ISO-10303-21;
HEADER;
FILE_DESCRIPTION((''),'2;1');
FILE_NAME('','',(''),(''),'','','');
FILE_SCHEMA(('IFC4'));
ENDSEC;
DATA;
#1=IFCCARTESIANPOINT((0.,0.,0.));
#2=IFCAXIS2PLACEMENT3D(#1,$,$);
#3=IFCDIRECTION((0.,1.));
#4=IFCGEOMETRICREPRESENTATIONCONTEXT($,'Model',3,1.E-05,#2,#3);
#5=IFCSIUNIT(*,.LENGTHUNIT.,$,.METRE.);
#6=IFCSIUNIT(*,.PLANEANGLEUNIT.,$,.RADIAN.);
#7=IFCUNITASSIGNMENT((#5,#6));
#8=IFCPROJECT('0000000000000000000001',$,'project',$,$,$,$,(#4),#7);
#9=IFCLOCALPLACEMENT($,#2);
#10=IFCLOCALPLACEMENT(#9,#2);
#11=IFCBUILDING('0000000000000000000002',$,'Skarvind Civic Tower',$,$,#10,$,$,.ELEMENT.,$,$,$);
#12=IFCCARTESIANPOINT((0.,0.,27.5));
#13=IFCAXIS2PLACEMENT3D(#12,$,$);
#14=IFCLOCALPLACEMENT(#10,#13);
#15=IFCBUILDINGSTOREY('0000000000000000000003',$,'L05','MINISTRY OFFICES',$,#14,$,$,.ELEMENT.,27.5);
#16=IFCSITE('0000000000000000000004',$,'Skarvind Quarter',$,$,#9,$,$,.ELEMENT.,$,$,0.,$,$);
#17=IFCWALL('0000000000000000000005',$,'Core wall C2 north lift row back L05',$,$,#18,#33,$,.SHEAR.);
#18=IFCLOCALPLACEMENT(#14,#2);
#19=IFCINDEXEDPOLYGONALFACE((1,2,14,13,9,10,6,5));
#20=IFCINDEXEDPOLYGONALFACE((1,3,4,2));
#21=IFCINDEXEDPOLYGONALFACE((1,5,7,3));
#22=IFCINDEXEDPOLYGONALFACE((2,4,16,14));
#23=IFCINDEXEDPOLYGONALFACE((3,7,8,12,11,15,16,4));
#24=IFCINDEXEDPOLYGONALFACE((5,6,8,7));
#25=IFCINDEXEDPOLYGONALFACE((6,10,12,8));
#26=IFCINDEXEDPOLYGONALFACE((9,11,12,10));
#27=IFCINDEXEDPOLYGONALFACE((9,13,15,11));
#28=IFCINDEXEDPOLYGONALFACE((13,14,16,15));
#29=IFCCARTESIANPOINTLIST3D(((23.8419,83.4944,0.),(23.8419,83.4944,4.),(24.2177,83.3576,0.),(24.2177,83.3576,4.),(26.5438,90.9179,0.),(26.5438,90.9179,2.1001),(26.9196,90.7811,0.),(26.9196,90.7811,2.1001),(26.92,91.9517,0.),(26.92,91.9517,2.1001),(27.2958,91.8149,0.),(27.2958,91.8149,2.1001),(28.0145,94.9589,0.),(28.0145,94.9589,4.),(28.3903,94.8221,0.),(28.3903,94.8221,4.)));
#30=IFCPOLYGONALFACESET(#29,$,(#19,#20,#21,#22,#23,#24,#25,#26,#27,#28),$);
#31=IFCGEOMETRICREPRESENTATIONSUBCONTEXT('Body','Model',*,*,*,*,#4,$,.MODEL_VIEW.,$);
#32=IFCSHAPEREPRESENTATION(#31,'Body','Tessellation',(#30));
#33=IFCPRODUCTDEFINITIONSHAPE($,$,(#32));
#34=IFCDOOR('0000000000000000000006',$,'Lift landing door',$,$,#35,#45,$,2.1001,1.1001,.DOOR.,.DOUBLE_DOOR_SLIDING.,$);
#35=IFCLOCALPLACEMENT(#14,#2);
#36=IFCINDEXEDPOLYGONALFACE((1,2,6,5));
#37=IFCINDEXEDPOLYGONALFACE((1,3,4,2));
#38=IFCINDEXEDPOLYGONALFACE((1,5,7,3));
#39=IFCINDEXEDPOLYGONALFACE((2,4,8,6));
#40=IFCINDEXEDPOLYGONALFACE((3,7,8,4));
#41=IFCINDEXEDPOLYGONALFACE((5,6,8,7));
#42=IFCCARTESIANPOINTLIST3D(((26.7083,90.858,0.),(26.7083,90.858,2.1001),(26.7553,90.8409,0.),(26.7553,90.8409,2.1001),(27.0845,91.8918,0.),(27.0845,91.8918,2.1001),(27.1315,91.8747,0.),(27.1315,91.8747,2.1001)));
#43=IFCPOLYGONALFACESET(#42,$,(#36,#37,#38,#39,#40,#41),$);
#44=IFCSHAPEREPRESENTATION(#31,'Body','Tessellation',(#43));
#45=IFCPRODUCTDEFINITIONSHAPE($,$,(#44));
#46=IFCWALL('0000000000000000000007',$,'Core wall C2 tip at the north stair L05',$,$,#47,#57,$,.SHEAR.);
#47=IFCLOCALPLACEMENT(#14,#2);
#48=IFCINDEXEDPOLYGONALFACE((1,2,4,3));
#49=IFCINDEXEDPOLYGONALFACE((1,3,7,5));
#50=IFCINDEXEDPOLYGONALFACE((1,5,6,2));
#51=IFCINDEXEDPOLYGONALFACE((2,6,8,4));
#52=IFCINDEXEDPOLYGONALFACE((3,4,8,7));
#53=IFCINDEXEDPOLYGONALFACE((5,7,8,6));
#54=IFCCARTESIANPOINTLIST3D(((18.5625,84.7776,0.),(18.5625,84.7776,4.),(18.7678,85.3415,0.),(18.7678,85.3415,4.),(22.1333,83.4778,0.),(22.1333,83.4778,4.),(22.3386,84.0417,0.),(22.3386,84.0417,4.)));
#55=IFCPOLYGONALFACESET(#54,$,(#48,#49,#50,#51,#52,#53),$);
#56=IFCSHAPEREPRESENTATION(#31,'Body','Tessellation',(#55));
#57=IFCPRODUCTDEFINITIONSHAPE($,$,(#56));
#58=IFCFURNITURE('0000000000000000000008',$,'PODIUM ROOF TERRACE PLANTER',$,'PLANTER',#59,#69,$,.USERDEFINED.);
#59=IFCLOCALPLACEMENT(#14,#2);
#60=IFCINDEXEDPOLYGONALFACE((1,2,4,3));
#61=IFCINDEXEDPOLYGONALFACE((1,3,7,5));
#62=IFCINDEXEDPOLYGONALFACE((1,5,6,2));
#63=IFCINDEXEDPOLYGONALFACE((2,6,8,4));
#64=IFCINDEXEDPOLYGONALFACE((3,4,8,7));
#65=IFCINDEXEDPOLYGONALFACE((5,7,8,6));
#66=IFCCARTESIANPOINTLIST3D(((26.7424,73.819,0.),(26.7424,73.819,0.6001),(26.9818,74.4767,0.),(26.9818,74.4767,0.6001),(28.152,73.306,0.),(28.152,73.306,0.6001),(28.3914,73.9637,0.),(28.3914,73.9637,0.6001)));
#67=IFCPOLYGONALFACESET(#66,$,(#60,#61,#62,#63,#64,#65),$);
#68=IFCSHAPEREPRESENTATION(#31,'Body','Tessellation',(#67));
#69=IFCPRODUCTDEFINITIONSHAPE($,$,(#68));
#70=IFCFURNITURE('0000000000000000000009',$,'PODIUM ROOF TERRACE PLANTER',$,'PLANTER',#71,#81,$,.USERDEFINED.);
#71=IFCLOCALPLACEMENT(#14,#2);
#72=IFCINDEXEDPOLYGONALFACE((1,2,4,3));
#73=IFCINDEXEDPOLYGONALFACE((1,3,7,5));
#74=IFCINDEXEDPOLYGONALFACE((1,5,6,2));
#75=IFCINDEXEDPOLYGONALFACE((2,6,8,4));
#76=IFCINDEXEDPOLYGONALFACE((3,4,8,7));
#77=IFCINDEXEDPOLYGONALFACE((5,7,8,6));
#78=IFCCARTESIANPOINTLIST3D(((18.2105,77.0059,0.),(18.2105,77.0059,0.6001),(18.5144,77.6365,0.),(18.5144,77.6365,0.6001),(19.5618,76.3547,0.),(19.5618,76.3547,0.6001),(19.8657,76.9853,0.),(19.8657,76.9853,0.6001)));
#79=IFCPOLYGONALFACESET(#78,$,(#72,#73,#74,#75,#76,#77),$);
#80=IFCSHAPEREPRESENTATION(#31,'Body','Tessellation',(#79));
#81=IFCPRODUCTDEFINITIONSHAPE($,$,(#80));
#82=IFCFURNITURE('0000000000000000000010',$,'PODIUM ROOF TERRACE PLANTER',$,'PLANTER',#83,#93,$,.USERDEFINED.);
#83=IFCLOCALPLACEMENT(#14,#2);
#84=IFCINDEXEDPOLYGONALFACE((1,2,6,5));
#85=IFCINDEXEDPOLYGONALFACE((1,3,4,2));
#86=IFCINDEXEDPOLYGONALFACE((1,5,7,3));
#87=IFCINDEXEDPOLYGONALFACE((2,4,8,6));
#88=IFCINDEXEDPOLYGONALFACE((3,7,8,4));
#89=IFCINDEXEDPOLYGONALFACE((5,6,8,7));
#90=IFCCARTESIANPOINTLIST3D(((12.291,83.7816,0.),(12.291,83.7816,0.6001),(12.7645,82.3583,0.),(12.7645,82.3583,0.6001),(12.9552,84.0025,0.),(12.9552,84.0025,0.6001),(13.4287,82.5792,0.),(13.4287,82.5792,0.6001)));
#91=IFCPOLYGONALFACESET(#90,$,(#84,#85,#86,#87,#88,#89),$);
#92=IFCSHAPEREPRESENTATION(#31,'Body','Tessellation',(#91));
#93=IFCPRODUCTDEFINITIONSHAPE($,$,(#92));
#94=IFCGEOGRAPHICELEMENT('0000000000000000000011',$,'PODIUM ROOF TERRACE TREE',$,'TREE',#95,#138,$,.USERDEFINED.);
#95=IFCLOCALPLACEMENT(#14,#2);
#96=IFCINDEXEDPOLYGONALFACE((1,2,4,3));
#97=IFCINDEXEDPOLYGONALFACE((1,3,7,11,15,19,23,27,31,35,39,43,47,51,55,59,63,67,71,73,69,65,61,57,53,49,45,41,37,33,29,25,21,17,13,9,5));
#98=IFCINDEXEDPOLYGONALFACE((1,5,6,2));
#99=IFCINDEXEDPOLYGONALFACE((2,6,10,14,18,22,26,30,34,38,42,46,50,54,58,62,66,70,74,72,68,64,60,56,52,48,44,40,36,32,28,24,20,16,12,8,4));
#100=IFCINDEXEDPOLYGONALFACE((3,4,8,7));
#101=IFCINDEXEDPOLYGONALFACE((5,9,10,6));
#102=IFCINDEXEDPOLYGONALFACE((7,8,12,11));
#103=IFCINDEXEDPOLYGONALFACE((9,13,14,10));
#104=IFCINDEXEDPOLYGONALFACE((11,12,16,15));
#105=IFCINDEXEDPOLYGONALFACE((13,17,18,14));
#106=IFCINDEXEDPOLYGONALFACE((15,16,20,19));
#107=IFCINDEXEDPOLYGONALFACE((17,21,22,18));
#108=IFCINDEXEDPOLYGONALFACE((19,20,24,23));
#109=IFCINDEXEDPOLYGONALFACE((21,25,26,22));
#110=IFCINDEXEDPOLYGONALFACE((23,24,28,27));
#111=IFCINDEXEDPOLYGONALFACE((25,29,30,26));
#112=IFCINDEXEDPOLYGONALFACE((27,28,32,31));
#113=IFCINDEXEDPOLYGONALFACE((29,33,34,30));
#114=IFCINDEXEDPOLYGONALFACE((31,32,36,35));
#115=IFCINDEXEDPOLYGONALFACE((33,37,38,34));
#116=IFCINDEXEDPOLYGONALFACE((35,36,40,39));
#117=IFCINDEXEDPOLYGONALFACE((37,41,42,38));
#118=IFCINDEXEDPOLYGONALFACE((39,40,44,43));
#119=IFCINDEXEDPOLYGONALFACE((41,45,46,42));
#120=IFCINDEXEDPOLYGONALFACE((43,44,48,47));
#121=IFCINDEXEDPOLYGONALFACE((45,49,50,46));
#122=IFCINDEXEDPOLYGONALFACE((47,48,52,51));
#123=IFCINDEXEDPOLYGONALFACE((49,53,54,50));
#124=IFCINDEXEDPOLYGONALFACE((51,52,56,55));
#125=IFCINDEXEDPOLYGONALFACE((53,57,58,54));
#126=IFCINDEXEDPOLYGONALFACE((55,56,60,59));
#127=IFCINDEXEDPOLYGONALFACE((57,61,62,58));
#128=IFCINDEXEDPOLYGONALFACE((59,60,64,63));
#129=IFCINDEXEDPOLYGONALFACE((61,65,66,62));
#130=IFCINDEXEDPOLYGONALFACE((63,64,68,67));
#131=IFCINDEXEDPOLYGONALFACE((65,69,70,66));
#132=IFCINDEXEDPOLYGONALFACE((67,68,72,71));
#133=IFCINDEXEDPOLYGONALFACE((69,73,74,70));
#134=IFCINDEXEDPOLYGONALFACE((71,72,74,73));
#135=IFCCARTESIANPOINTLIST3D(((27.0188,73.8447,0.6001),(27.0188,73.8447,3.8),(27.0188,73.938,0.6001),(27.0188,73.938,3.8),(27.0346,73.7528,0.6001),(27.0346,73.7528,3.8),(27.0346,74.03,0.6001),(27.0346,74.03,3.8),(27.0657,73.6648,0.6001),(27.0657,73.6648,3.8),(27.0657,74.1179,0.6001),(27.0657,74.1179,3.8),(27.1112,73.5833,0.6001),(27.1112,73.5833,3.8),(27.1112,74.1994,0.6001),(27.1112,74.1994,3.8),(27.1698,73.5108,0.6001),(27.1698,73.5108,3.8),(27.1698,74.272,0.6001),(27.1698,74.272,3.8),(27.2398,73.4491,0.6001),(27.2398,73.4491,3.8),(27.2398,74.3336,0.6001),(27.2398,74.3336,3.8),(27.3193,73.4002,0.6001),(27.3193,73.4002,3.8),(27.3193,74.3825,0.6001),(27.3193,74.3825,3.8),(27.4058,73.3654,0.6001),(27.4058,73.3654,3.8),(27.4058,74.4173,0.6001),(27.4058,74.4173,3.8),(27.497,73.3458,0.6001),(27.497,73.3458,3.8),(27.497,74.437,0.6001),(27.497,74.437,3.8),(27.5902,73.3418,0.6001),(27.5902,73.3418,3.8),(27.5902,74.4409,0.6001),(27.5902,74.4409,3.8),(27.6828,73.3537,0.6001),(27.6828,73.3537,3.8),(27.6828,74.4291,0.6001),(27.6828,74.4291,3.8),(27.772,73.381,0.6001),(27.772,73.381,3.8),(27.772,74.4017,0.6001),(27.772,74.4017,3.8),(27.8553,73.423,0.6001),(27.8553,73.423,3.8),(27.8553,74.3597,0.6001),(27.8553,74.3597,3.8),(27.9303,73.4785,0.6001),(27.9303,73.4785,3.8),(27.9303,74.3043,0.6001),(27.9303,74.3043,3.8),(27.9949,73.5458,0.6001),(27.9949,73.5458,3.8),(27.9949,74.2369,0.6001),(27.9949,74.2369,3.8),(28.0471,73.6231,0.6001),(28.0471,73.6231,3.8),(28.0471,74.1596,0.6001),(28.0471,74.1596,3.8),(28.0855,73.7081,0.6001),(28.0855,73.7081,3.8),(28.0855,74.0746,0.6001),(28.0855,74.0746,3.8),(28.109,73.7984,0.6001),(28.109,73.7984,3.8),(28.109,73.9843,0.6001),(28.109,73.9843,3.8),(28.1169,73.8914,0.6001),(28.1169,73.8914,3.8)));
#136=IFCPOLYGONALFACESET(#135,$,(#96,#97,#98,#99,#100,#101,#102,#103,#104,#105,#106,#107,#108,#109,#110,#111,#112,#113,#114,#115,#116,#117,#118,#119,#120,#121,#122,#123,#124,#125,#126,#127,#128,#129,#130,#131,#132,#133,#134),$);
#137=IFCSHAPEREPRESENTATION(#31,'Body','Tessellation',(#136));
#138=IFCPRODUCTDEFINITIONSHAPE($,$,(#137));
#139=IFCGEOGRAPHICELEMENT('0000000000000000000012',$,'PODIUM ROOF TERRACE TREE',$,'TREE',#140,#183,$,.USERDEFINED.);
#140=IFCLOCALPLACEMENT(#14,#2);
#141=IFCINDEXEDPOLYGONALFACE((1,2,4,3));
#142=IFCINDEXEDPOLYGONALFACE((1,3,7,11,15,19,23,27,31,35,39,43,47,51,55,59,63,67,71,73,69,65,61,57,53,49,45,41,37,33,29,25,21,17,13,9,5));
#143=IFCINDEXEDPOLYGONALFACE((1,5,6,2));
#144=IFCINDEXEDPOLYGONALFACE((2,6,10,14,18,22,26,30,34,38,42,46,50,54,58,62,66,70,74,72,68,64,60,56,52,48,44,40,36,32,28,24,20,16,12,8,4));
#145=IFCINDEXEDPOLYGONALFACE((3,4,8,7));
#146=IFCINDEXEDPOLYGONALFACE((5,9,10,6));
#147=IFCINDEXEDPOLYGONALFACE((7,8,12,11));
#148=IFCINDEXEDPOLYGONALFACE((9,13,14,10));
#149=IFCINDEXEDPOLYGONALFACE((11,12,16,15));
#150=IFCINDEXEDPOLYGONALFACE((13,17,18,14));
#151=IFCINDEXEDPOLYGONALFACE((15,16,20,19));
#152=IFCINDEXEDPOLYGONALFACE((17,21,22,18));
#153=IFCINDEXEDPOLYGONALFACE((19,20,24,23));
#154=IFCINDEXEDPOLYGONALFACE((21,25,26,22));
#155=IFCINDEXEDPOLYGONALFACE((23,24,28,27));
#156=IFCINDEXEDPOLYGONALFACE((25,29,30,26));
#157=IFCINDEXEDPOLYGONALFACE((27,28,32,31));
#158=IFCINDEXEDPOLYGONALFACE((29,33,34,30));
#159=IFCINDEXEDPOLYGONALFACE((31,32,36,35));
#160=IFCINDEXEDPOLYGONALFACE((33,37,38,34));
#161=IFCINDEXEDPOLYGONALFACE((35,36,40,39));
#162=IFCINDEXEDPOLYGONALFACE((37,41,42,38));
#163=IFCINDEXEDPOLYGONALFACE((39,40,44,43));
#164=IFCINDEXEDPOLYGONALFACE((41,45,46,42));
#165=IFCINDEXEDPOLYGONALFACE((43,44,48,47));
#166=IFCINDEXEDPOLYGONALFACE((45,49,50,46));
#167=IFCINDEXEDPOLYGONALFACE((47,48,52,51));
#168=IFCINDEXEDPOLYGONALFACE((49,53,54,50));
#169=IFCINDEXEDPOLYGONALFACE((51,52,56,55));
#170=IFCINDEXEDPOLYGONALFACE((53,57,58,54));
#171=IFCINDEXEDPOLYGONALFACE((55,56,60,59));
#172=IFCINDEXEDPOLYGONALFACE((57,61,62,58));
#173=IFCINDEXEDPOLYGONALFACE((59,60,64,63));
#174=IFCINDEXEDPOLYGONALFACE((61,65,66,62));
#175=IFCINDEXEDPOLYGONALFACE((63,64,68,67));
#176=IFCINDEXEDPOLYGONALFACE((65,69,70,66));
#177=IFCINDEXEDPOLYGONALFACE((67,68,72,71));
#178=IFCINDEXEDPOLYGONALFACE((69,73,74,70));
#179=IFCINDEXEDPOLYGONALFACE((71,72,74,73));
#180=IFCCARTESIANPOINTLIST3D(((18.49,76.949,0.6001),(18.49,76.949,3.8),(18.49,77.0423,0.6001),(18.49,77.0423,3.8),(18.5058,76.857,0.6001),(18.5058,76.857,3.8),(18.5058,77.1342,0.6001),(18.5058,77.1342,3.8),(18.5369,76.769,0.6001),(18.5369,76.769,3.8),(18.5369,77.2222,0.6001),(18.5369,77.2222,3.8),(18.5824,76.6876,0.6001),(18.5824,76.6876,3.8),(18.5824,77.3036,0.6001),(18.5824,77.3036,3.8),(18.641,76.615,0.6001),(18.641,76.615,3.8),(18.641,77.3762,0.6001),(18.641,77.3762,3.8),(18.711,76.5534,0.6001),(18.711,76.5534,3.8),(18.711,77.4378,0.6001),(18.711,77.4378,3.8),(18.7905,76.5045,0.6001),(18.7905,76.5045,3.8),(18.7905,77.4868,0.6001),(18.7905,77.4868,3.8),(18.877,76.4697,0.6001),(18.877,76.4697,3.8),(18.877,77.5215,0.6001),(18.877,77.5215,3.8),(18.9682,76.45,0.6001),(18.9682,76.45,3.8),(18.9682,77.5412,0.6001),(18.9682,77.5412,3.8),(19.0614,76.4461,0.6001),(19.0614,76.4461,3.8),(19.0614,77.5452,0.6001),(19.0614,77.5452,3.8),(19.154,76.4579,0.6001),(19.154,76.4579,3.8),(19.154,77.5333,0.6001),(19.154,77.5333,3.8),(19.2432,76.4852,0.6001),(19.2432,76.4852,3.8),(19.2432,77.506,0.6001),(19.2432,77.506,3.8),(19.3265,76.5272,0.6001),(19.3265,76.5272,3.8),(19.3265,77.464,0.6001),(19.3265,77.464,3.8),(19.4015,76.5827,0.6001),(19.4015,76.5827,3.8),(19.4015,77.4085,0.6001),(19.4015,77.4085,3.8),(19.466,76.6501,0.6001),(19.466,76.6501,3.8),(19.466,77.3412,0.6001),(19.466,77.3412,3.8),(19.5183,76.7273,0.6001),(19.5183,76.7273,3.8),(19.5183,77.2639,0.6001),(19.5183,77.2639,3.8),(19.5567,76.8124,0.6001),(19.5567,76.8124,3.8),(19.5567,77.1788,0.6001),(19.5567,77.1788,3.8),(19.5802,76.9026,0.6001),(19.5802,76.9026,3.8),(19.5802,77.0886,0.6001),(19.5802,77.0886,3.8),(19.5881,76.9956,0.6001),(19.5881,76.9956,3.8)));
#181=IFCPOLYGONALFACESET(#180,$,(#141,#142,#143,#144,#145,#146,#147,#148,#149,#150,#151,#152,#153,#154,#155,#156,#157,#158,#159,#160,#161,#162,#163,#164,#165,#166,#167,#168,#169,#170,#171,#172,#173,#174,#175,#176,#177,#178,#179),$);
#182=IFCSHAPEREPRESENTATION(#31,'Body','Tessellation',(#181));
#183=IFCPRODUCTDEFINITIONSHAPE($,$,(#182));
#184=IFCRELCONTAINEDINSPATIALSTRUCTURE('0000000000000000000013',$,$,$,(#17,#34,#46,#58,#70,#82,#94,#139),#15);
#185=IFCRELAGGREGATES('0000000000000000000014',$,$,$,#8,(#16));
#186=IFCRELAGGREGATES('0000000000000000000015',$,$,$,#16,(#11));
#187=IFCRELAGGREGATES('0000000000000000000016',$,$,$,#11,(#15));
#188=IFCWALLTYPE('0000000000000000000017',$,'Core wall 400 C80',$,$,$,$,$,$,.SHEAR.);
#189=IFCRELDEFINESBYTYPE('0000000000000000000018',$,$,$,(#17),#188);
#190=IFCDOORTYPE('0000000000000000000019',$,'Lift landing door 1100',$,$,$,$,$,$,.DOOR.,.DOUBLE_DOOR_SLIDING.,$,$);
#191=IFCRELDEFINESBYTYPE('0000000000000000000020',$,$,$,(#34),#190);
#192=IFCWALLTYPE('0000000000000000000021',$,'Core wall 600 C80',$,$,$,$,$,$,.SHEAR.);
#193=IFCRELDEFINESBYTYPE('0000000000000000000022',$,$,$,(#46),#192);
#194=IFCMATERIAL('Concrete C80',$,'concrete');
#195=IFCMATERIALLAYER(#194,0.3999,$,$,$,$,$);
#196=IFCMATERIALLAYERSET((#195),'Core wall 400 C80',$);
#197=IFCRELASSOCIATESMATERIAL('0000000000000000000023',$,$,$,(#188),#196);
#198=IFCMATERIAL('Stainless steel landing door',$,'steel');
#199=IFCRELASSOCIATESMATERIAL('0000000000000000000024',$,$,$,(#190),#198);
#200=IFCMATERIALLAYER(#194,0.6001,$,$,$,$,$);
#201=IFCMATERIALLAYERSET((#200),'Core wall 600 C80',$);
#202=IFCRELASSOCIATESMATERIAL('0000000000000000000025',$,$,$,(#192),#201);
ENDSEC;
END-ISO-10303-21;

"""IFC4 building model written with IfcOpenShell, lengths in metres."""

from ifc_helpers import new_model, si_unit, direction, frame, frame_2d, origin, origin_2d, place, context, subcontext, project, spatial, rectangle, circle, extrude, material, layer, layer_set, type_object, element, fill, save


model = new_model("IFC4")

# Units and contexts
model_context = context("Model", 3, precision=1e-05, world=origin(), true_north=direction((0.0, 1.0)))
body_context = subcontext(model_context, "Body", "Model", "MODEL_VIEW")
ifc_project = project(units=[si_unit("LENGTHUNIT", "METRE"), si_unit("PLANEANGLEUNIT", "RADIAN")], contexts=[model_context])

# Site, building, storey
site_placement = place(None, origin())
site = spatial("IfcSite", under=ifc_project, at=site_placement, Name="Skarvind Quarter", CompositionType="ELEMENT", RefElevation=0.0)
building_placement = place(site_placement, origin())
building = spatial("IfcBuilding", under=site, at=building_placement, Name="Skarvind Civic Tower", CompositionType="ELEMENT")
storey_placement = place(building_placement, frame((0.0, 0.0, 27.5)))
storey = spatial("IfcBuildingStorey", under=building, at=storey_placement, Name="L05", Description="MINISTRY OFFICES", CompositionType="ELEMENT", Elevation=27.5)

# Shared definitions
ifc_material_1 = material(Name="Concrete C80", Category="concrete")
ifc_layer_1 = layer(ifc_material_1, 0.3999)
ifc_layer_set_1 = layer_set([ifc_layer_1], Name="Core wall 400 C80")
wall_type_1 = type_object("IfcWallType", Name="Core wall 400 C80", PredefinedType="SHEAR", material=ifc_layer_set_1)

# Shared definitions
ifc_material_2 = material(Name="Stainless steel landing door", Category="steel")
door_type_1 = type_object("IfcDoorType", Name="Lift landing door 1100", OperationType="DOUBLE_DOOR_SLIDING", PredefinedType="DOOR", material=ifc_material_2)

# Wall, opening, door
wall_1_placement = place(storey_placement, frame((24.0298, 83.426, 0.0), z_axis=(0.0, 0.0, 1.0), x_axis=(0.342015, 0.939695, 0.0)))
wall_1 = element("IfcWall", 1, at=wall_1_placement, inside=storey, type_object=wall_type_1, Name="Core wall C2 north lift row back L05", PredefinedType="SHEAR", context=body_context, shape_type="SweptSolid", body=[
    extrude(rectangle(XDim=12.2002, YDim=0.3999, at=frame_2d((6.1001, 0.0))), origin(), (0.0, 0.0, 1.0), 4.0),
])
opening_1_placement = place(wall_1_placement, frame((7.8999, 0.0, 0.0)))
opening_1 = element("IfcOpeningElement", 2, at=opening_1_placement, cuts=wall_1, PredefinedType="OPENING", context=body_context, shape_type="SweptSolid", body=[
    extrude(rectangle(XDim=1.1001, YDim=2.1001, at=frame_2d((0.55, 1.05))), frame((0.0, 0.21, 0.0), z_axis=(0.0, -1.0, 0.0), x_axis=(1.0, 0.0, 0.0)), (0.0, 0.0, 1.0), 0.4199),
])
door_1_placement = place(opening_1_placement, origin())
door_1 = element("IfcDoor", 3, at=door_1_placement, inside=storey, type_object=door_type_1, Name="Lift landing door", OperationType="DOUBLE_DOOR_SLIDING", OverallHeight=2.1001, OverallWidth=1.1001, PredefinedType="DOOR", context=body_context, shape_type="SweptSolid", body=[
    extrude(rectangle(XDim=1.1001, YDim=2.1001, at=frame_2d((0.55, 1.05))), frame((0.0, 0.0249, 0.0), z_axis=(0.0, -1.0, 0.0), x_axis=(1.0, 0.0, 0.0)), (0.0, 0.0, 1.0), 0.05),
])
fill(opening_1, door_1)

# Wall
ifc_layer_2 = layer(ifc_material_1, 0.6001)
ifc_layer_set_2 = layer_set([ifc_layer_2], Name="Core wall 600 C80")
wall_type_2 = type_object("IfcWallType", Name="Core wall 600 C80", PredefinedType="SHEAR", material=ifc_layer_set_2)
wall_2_placement = place(storey_placement, frame((22.2358, 83.7598, 0.0), z_axis=(0.0, 0.0, 1.0), x_axis=(-0.939681, 0.342053, 0.0)))
element("IfcWall", 4, at=wall_2_placement, inside=storey, type_object=wall_type_2, Name="Core wall C2 tip at the north stair L05", PredefinedType="SHEAR", context=body_context, shape_type="SweptSolid", body=[
    extrude(rectangle(XDim=3.8, YDim=0.6001, at=frame_2d((1.8999, 0.0))), origin(), (0.0, 0.0, 1.0), 4.0),
])

# Furniture
for number, where, z_axis, x_axis, name in (
    (5, (27.5669, 73.8914, 0.0), (0.0, 0.0, 1.0), (-0.939693, 0.34202, 0.0), "PODIUM ROOF TERRACE PLANTER"),
    (6, (19.0381, 76.9956, 0.0), (0.0, 0.0, 1.0), (-0.90085, 0.434131, 0.0), "PODIUM ROOF TERRACE PLANTER"),
    (7, (12.8599, 83.1804, 0.0), (0.0, 0.0, 1.0), (-0.315649, 0.948876, 0.0), "PODIUM ROOF TERRACE PLANTER"),
):
    element("IfcFurniture", number, at=place(storey_placement, frame(where, z_axis=z_axis, x_axis=x_axis)), inside=storey, Name=name, ObjectType="PLANTER", PredefinedType="USERDEFINED", context=body_context, shape_type="SweptSolid", body=[
        extrude(rectangle(XDim=1.5, YDim=0.7, at=origin_2d()), origin(), (0.0, 0.0, 1.0), 0.6001),
    ])

# Geographic elements
for number, where, z_axis, x_axis, name in (
    (8, (27.5669, 73.8914, 0.6001), (0.0, 0.0, 1.0), (1.0, 0.0, 0.0), "PODIUM ROOF TERRACE TREE"),
    (9, (19.0381, 76.9956, 0.6001), (0.0, 0.0, 1.0), (1.0, 0.0, 0.0), "PODIUM ROOF TERRACE TREE"),
):
    element("IfcGeographicElement", number, at=place(storey_placement, frame(where, z_axis=z_axis, x_axis=x_axis)), inside=storey, Name=name, ObjectType="TREE", PredefinedType="USERDEFINED", context=body_context, shape_type="SweptSolid", body=[
        extrude(circle(Radius=0.55, at=origin_2d()), origin(), (0.0, 0.0, 1.0), 3.2),
    ])

save(model, "model.ifc")
